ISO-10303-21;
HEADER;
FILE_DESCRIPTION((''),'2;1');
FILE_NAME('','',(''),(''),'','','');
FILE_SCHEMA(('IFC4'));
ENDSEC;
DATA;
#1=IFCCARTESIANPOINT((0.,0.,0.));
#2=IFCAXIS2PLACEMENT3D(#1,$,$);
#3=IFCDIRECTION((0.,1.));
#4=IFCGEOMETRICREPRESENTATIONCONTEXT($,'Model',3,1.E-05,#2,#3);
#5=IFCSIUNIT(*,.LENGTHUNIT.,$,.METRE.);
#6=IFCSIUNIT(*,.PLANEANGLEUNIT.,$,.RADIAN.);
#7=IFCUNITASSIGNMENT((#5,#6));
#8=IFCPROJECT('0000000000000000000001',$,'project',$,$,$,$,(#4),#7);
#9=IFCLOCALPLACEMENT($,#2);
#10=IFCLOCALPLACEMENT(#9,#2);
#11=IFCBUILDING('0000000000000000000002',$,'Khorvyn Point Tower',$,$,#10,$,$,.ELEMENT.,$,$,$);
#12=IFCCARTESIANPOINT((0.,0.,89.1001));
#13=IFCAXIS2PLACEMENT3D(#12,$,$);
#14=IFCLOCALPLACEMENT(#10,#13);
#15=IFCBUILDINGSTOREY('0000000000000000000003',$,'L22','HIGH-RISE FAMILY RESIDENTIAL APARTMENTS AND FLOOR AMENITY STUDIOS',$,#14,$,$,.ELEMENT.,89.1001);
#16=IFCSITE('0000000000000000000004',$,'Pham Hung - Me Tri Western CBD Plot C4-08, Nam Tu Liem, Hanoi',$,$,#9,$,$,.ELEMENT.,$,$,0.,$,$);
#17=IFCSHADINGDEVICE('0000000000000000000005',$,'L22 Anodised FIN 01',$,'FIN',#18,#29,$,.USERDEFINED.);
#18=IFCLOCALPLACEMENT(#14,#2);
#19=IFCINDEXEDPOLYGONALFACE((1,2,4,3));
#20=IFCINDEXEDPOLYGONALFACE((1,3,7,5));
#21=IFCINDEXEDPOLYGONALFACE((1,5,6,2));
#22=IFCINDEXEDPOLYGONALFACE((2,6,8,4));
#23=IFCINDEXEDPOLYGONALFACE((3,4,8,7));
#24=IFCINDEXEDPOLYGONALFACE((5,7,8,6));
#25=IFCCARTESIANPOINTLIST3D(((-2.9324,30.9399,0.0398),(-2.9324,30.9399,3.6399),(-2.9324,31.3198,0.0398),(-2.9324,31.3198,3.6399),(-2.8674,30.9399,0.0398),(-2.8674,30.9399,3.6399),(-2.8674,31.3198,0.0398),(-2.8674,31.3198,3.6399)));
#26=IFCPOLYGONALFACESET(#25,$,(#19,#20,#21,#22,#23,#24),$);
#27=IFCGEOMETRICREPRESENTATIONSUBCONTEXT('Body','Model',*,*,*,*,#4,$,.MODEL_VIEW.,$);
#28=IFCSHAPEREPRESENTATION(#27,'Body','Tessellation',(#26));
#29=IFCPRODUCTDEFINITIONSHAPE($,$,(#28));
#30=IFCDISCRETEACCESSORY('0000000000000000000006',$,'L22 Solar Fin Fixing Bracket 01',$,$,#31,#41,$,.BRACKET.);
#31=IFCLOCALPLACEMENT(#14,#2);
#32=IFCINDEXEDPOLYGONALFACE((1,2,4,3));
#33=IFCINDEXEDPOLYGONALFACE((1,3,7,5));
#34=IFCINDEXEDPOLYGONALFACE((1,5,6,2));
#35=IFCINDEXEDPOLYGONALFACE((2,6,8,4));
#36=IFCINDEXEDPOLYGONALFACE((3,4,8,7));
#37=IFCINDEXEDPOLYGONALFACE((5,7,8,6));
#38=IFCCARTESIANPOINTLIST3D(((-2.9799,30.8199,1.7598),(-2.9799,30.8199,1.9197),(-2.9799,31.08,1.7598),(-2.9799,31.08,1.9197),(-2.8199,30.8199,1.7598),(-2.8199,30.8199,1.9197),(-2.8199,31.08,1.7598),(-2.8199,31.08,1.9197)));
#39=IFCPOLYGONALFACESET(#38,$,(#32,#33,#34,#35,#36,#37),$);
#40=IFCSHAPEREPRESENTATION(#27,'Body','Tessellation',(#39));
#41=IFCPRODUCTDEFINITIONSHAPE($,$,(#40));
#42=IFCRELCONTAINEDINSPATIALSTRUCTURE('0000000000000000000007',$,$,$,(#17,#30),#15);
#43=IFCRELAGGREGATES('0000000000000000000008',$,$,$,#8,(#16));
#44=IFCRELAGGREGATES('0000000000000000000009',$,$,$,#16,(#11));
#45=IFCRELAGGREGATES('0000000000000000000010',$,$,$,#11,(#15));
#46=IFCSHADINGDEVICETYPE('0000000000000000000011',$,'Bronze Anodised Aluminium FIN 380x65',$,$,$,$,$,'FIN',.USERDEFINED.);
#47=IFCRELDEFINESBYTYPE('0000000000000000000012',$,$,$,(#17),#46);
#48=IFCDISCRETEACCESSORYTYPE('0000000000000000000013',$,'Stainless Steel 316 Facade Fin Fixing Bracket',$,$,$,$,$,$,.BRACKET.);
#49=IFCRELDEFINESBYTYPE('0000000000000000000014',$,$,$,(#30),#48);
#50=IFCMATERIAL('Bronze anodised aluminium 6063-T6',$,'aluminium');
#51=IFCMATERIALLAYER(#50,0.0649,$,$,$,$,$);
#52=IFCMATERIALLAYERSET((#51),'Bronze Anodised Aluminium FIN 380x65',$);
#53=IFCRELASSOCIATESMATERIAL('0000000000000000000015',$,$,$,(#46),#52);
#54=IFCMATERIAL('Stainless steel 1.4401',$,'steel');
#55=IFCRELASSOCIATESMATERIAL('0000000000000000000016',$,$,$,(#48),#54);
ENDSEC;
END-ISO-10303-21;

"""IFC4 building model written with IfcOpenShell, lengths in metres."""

from ifc_helpers import new_model, si_unit, direction, frame, origin, origin_2d, place, context, subcontext, project, spatial, rectangle, extrude, material, layer, layer_set, type_object, element, save


model = new_model("IFC4")

# Units and contexts
model_context = context("Model", 3, precision=1e-05, world=origin(), true_north=direction((0.0, 1.0)))
body_context = subcontext(model_context, "Body", "Model", "MODEL_VIEW")
ifc_project = project(units=[si_unit("LENGTHUNIT", "METRE"), si_unit("PLANEANGLEUNIT", "RADIAN")], contexts=[model_context])

# Site, building, storey
site_placement = place(None, origin())
site = spatial("IfcSite", under=ifc_project, at=site_placement, Name="Pham Hung - Me Tri Western CBD Plot C4-08, Nam Tu Liem, Hanoi", CompositionType="ELEMENT", RefElevation=0.0)
building_placement = place(site_placement, origin())
building = spatial("IfcBuilding", under=site, at=building_placement, Name="Khorvyn Point Tower", CompositionType="ELEMENT")
storey_placement = place(building_placement, frame((0.0, 0.0, 89.1001)))
storey = spatial("IfcBuildingStorey", under=building, at=storey_placement, Name="L22", Description="HIGH-RISE FAMILY RESIDENTIAL APARTMENTS AND FLOOR AMENITY STUDIOS", CompositionType="ELEMENT", Elevation=89.1001)

# Shading device
ifc_material_1 = material(Name="Bronze anodised aluminium 6063-T6", Category="aluminium")
ifc_layer_1 = layer(ifc_material_1, 0.0649)
ifc_layer_set_1 = layer_set([ifc_layer_1], Name="Bronze Anodised Aluminium FIN 380x65")
shading_device_type = type_object("IfcShadingDeviceType", Name="Bronze Anodised Aluminium FIN 380x65", ElementType="FIN", PredefinedType="USERDEFINED", material=ifc_layer_set_1)
shading_device_placement = place(storey_placement, frame((-2.8999, 31.1299, 0.0398), z_axis=(0.0, 0.0, 1.0), x_axis=(0.0, 1.0, 0.0)))
element("IfcShadingDevice", 1, at=shading_device_placement, inside=storey, type_object=shading_device_type, Name="L22 Anodised FIN 01", ObjectType="FIN", PredefinedType="USERDEFINED", context=body_context, shape_type="SweptSolid", body=[
    extrude(rectangle(XDim=0.3799, YDim=0.0649, at=origin_2d()), origin(), (0.0, 0.0, 1.0), 3.6001),
])

# Discrete accessory
ifc_material_2 = material(Name="Stainless steel 1.4401", Category="steel")
discrete_accessory_type = type_object("IfcDiscreteAccessoryType", Name="Stainless Steel 316 Facade Fin Fixing Bracket", PredefinedType="BRACKET", material=ifc_material_2)
discrete_accessory_placement = place(storey_placement, frame((-2.8999, 30.95, 1.7598), z_axis=(0.0, 0.0, 1.0), x_axis=(1.0, 0.0, 0.0)))
element("IfcDiscreteAccessory", 2, at=discrete_accessory_placement, inside=storey, type_object=discrete_accessory_type, Name="L22 Solar Fin Fixing Bracket 01", PredefinedType="BRACKET", context=body_context, shape_type="SweptSolid", body=[
    extrude(rectangle(XDim=0.1599, YDim=0.26, at=origin_2d()), origin(), (0.0, 0.0, 1.0), 0.1599),
])

save(model, "model.ifc")
